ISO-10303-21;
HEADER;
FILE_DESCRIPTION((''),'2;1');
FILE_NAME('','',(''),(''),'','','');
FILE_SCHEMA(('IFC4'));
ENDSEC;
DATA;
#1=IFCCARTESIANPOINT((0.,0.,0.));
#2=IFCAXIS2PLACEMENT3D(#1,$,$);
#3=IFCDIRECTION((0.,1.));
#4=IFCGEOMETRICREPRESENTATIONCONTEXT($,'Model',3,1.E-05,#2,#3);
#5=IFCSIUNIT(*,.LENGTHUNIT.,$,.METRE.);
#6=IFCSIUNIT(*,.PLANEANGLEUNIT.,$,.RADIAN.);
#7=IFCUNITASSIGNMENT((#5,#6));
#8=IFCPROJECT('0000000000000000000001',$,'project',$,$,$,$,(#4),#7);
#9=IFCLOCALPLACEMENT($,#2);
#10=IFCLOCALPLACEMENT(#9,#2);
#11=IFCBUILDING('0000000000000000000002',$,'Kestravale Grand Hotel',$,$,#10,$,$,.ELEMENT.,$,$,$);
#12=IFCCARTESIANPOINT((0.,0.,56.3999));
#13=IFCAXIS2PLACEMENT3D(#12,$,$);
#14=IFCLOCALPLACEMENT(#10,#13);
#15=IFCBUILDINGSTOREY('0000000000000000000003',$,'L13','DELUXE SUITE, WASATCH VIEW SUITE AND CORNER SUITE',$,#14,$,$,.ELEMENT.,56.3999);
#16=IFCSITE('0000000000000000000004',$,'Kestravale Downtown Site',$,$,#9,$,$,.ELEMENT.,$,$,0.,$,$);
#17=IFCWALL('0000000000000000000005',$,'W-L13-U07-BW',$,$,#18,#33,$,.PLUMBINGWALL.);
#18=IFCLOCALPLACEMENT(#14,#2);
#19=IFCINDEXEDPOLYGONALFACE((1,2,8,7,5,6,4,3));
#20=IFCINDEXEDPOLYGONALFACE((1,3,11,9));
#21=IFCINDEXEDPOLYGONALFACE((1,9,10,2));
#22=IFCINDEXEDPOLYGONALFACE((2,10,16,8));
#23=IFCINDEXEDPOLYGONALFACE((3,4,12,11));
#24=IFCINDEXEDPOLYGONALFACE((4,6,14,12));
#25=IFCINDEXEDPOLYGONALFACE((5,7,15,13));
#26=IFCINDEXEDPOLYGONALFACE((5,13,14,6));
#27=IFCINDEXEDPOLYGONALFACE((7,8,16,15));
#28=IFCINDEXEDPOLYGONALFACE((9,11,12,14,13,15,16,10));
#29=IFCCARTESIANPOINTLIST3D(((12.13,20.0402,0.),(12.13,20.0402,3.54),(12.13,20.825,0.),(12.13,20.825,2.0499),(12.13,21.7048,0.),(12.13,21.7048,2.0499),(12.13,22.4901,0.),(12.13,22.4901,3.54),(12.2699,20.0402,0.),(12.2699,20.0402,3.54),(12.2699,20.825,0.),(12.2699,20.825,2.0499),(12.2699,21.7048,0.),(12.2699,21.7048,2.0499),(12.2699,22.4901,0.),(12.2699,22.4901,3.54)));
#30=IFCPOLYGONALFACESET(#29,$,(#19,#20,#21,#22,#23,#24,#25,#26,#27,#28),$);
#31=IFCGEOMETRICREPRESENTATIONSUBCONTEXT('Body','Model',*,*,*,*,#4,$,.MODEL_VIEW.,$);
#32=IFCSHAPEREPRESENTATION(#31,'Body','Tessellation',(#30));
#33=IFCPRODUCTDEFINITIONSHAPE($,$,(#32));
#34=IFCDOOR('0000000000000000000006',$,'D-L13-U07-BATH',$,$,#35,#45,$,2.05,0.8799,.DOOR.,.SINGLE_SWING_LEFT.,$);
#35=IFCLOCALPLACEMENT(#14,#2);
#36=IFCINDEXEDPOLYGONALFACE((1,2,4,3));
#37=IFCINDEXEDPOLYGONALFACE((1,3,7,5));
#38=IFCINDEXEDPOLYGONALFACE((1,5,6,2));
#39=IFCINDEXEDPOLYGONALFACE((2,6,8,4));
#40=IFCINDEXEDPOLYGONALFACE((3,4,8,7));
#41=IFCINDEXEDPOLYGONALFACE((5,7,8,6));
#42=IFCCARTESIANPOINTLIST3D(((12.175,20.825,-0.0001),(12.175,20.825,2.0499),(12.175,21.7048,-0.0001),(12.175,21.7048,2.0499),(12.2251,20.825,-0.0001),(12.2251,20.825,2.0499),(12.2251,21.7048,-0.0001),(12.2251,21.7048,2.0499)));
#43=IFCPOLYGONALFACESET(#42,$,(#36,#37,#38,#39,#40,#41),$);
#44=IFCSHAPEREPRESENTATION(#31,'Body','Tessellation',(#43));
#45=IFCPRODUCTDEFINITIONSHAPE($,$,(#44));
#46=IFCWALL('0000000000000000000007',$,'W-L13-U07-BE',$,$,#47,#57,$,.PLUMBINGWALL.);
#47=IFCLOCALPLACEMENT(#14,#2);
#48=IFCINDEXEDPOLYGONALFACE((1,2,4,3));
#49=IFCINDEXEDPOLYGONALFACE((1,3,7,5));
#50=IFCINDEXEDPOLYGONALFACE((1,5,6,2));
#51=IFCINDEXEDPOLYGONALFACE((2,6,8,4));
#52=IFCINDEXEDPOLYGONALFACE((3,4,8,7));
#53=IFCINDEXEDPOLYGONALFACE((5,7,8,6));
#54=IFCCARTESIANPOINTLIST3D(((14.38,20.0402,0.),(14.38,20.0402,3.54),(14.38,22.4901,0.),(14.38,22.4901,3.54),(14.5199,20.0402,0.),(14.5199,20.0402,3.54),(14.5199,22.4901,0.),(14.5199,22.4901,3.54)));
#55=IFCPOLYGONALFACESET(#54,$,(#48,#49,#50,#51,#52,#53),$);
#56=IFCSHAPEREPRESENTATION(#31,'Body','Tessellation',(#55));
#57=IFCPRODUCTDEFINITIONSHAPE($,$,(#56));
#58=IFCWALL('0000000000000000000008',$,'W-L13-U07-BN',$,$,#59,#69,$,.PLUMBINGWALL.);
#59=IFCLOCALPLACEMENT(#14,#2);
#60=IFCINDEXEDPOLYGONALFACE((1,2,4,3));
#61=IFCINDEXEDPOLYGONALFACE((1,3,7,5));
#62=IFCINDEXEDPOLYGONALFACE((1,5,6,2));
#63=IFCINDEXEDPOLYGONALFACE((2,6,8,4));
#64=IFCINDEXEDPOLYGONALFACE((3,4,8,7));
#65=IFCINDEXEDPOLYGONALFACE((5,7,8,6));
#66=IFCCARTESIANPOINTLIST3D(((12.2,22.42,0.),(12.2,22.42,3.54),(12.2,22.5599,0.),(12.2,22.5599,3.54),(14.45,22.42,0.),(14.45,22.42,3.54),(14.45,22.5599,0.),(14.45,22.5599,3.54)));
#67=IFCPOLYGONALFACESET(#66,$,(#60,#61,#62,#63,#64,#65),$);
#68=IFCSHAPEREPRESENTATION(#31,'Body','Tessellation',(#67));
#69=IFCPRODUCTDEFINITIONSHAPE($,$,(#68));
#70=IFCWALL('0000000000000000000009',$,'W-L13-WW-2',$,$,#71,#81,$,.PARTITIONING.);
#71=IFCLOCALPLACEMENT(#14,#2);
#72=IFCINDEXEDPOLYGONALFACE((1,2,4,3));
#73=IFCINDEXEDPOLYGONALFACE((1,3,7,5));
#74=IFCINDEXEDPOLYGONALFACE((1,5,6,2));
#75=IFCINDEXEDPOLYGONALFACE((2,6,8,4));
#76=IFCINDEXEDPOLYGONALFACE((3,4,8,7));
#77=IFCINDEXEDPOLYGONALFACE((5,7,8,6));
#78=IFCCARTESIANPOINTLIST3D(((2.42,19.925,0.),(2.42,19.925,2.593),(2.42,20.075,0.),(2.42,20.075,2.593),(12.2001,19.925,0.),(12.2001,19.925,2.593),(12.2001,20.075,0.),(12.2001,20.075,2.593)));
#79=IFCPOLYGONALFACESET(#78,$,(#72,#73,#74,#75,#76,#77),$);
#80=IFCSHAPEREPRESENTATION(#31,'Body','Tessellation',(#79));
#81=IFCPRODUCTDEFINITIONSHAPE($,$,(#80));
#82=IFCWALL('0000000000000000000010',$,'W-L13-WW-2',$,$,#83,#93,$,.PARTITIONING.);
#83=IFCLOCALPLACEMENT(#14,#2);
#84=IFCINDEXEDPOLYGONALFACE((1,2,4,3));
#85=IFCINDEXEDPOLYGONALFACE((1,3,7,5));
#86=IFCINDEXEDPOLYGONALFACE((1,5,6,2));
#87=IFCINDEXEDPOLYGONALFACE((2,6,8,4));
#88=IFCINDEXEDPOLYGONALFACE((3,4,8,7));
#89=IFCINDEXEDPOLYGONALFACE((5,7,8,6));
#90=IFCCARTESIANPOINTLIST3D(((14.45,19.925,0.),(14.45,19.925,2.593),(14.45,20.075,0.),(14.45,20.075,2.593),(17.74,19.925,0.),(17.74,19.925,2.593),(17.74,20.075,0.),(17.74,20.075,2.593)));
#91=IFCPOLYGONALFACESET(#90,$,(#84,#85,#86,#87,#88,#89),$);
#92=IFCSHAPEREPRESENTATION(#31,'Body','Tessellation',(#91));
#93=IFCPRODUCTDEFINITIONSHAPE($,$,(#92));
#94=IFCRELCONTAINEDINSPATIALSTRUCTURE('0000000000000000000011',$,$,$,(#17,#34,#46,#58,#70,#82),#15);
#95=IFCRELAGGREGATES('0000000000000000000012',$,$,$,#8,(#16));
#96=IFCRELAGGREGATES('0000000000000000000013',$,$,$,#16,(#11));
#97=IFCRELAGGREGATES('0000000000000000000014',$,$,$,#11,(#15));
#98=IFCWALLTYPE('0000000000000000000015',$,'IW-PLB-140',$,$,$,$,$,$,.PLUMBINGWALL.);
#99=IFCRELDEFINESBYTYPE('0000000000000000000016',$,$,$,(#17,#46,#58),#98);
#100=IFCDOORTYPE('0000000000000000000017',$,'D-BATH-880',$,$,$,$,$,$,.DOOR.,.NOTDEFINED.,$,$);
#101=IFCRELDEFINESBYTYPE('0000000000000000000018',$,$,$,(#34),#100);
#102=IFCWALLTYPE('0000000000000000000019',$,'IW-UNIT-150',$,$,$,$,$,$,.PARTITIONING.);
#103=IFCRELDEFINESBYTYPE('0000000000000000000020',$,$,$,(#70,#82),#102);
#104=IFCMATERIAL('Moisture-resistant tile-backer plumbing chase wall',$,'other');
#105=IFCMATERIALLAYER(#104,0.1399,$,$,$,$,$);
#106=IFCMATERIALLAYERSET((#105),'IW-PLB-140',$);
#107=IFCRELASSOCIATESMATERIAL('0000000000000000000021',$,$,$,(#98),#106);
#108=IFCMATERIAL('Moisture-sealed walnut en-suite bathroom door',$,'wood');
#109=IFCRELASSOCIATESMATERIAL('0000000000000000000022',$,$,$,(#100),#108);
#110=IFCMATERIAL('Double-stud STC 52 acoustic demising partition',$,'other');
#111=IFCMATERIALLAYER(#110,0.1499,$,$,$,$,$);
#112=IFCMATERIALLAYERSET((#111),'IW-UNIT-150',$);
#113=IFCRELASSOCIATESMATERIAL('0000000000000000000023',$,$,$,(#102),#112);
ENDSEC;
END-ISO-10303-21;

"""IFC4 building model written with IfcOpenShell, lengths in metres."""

from ifc_helpers import new_model, si_unit, direction, frame, frame_2d, origin, place, context, subcontext, project, spatial, rectangle, extrude, material, layer, layer_set, type_object, element, fill, save


model = new_model("IFC4")

# Units and contexts
model_context = context("Model", 3, precision=1e-05, world=origin(), true_north=direction((0.0, 1.0)))
body_context = subcontext(model_context, "Body", "Model", "MODEL_VIEW")
ifc_project = project(units=[si_unit("LENGTHUNIT", "METRE"), si_unit("PLANEANGLEUNIT", "RADIAN")], contexts=[model_context])

# Site, building, storey
site_placement = place(None, origin())
site = spatial("IfcSite", under=ifc_project, at=site_placement, Name="Kestravale Downtown Site", CompositionType="ELEMENT", RefElevation=0.0)
building_placement = place(site_placement, origin())
building = spatial("IfcBuilding", under=site, at=building_placement, Name="Kestravale Grand Hotel", CompositionType="ELEMENT")
storey_placement = place(building_placement, frame((0.0, 0.0, 56.3999)))
storey = spatial("IfcBuildingStorey", under=building, at=storey_placement, Name="L13", Description="DELUXE SUITE, WASATCH VIEW SUITE AND CORNER SUITE", CompositionType="ELEMENT", Elevation=56.3999)

# Shared definitions
ifc_material_1 = material(Name="Moisture-resistant tile-backer plumbing chase wall", Category="other")
ifc_layer_1 = layer(ifc_material_1, 0.1399)
ifc_layer_set_1 = layer_set([ifc_layer_1], Name="IW-PLB-140")
wall_type_1 = type_object("IfcWallType", Name="IW-PLB-140", PredefinedType="PLUMBINGWALL", material=ifc_layer_set_1)

# Shared definitions
ifc_material_2 = material(Name="Moisture-sealed walnut en-suite bathroom door", Category="wood")
door_type_1 = type_object("IfcDoorType", Name="D-BATH-880", OperationType="NOTDEFINED", PredefinedType="DOOR", material=ifc_material_2)

# Wall, opening, door
wall_1_placement = place(storey_placement, frame((12.2, 20.04, 0.0), z_axis=(0.0, 0.0, 1.0), x_axis=(0.0, 1.0, 0.0)))
wall_1 = element("IfcWall", 1, at=wall_1_placement, inside=storey, type_object=wall_type_1, Name="W-L13-U07-BW", PredefinedType="PLUMBINGWALL", context=body_context, shape_type="SweptSolid", body=[
    extrude(rectangle(XDim=2.45, YDim=0.1399, at=frame_2d((1.2251, 0.0))), origin(), (0.0, 0.0, 1.0), 3.54),
])
opening_1_placement = place(wall_1_placement, frame((0.7849, 0.0, 0.0)))
opening_1 = element("IfcOpeningElement", 2, at=opening_1_placement, cuts=wall_1, PredefinedType="OPENING", context=body_context, shape_type="SweptSolid", body=[
    extrude(rectangle(XDim=0.8799, YDim=2.05, at=frame_2d((0.4399, 1.0249))), frame((0.0, 0.0798, 0.0), z_axis=(0.0, -1.0, 0.0), x_axis=(1.0, 0.0, 0.0)), (0.0, 0.0, 1.0), 0.1599),
])
door_1_placement = place(opening_1_placement, origin())
door_1 = element("IfcDoor", 3, at=door_1_placement, inside=storey, type_object=door_type_1, Name="D-L13-U07-BATH", OperationType="SINGLE_SWING_LEFT", OverallHeight=2.05, OverallWidth=0.8799, PredefinedType="DOOR", context=body_context, shape_type="SweptSolid", body=[
    extrude(rectangle(XDim=0.8799, YDim=2.05, at=frame_2d((0.4399, 1.0249))), frame((0.0, 0.0249, 0.0), z_axis=(0.0, -1.0, 0.0), x_axis=(1.0, 0.0, 0.0)), (0.0, 0.0, 1.0), 0.05),
])
fill(opening_1, door_1)

# Walls
wall_2_placement = place(storey_placement, frame((14.45, 20.04, 0.0), z_axis=(0.0, 0.0, 1.0), x_axis=(0.0, 1.0, 0.0)))
element("IfcWall", 4, at=wall_2_placement, inside=storey, type_object=wall_type_1, Name="W-L13-U07-BE", PredefinedType="PLUMBINGWALL", context=body_context, shape_type="SweptSolid", body=[
    extrude(rectangle(XDim=2.45, YDim=0.1399, at=frame_2d((1.2251, 0.0))), origin(), (0.0, 0.0, 1.0), 3.54),
])
wall_3_placement = place(storey_placement, frame((12.2, 22.49, 0.0), z_axis=(0.0, 0.0, 1.0), x_axis=(1.0, 0.0, 0.0)))
element("IfcWall", 5, at=wall_3_placement, inside=storey, type_object=wall_type_1, Name="W-L13-U07-BN", PredefinedType="PLUMBINGWALL", context=body_context, shape_type="SweptSolid", body=[
    extrude(rectangle(XDim=2.25, YDim=0.1399, at=frame_2d((1.125, 0.0))), origin(), (0.0, 0.0, 1.0), 3.54),
])
ifc_material_3 = material(Name="Double-stud STC 52 acoustic demising partition", Category="other")
ifc_layer_2 = layer(ifc_material_3, 0.1499)
ifc_layer_set_2 = layer_set([ifc_layer_2], Name="IW-UNIT-150")
wall_type_2 = type_object("IfcWallType", Name="IW-UNIT-150", PredefinedType="PARTITIONING", material=ifc_layer_set_2)
wall_4_placement = place(storey_placement, frame((2.4199, 20.0, 0.0), z_axis=(0.0, 0.0, 1.0), x_axis=(1.0, 0.0, 0.0)))
element("IfcWall", 6, at=wall_4_placement, inside=storey, type_object=wall_type_2, Name="W-L13-WW-2", PredefinedType="PARTITIONING", context=body_context, shape_type="SweptSolid", body=[
    extrude(rectangle(XDim=9.78, YDim=0.1499, at=frame_2d((4.8901, 0.0))), origin(), (0.0, 0.0, 1.0), 2.593),
])
wall_5_placement = place(storey_placement, frame((14.45, 20.0, 0.0), z_axis=(0.0, 0.0, 1.0), x_axis=(1.0, 0.0, 0.0)))
element("IfcWall", 7, at=wall_5_placement, inside=storey, type_object=wall_type_2, Name="W-L13-WW-2", PredefinedType="PARTITIONING", context=body_context, shape_type="SweptSolid", body=[
    extrude(rectangle(XDim=3.29, YDim=0.1499, at=frame_2d((1.645, 0.0))), origin(), (0.0, 0.0, 1.0), 2.593),
])

save(model, "model.ifc")
